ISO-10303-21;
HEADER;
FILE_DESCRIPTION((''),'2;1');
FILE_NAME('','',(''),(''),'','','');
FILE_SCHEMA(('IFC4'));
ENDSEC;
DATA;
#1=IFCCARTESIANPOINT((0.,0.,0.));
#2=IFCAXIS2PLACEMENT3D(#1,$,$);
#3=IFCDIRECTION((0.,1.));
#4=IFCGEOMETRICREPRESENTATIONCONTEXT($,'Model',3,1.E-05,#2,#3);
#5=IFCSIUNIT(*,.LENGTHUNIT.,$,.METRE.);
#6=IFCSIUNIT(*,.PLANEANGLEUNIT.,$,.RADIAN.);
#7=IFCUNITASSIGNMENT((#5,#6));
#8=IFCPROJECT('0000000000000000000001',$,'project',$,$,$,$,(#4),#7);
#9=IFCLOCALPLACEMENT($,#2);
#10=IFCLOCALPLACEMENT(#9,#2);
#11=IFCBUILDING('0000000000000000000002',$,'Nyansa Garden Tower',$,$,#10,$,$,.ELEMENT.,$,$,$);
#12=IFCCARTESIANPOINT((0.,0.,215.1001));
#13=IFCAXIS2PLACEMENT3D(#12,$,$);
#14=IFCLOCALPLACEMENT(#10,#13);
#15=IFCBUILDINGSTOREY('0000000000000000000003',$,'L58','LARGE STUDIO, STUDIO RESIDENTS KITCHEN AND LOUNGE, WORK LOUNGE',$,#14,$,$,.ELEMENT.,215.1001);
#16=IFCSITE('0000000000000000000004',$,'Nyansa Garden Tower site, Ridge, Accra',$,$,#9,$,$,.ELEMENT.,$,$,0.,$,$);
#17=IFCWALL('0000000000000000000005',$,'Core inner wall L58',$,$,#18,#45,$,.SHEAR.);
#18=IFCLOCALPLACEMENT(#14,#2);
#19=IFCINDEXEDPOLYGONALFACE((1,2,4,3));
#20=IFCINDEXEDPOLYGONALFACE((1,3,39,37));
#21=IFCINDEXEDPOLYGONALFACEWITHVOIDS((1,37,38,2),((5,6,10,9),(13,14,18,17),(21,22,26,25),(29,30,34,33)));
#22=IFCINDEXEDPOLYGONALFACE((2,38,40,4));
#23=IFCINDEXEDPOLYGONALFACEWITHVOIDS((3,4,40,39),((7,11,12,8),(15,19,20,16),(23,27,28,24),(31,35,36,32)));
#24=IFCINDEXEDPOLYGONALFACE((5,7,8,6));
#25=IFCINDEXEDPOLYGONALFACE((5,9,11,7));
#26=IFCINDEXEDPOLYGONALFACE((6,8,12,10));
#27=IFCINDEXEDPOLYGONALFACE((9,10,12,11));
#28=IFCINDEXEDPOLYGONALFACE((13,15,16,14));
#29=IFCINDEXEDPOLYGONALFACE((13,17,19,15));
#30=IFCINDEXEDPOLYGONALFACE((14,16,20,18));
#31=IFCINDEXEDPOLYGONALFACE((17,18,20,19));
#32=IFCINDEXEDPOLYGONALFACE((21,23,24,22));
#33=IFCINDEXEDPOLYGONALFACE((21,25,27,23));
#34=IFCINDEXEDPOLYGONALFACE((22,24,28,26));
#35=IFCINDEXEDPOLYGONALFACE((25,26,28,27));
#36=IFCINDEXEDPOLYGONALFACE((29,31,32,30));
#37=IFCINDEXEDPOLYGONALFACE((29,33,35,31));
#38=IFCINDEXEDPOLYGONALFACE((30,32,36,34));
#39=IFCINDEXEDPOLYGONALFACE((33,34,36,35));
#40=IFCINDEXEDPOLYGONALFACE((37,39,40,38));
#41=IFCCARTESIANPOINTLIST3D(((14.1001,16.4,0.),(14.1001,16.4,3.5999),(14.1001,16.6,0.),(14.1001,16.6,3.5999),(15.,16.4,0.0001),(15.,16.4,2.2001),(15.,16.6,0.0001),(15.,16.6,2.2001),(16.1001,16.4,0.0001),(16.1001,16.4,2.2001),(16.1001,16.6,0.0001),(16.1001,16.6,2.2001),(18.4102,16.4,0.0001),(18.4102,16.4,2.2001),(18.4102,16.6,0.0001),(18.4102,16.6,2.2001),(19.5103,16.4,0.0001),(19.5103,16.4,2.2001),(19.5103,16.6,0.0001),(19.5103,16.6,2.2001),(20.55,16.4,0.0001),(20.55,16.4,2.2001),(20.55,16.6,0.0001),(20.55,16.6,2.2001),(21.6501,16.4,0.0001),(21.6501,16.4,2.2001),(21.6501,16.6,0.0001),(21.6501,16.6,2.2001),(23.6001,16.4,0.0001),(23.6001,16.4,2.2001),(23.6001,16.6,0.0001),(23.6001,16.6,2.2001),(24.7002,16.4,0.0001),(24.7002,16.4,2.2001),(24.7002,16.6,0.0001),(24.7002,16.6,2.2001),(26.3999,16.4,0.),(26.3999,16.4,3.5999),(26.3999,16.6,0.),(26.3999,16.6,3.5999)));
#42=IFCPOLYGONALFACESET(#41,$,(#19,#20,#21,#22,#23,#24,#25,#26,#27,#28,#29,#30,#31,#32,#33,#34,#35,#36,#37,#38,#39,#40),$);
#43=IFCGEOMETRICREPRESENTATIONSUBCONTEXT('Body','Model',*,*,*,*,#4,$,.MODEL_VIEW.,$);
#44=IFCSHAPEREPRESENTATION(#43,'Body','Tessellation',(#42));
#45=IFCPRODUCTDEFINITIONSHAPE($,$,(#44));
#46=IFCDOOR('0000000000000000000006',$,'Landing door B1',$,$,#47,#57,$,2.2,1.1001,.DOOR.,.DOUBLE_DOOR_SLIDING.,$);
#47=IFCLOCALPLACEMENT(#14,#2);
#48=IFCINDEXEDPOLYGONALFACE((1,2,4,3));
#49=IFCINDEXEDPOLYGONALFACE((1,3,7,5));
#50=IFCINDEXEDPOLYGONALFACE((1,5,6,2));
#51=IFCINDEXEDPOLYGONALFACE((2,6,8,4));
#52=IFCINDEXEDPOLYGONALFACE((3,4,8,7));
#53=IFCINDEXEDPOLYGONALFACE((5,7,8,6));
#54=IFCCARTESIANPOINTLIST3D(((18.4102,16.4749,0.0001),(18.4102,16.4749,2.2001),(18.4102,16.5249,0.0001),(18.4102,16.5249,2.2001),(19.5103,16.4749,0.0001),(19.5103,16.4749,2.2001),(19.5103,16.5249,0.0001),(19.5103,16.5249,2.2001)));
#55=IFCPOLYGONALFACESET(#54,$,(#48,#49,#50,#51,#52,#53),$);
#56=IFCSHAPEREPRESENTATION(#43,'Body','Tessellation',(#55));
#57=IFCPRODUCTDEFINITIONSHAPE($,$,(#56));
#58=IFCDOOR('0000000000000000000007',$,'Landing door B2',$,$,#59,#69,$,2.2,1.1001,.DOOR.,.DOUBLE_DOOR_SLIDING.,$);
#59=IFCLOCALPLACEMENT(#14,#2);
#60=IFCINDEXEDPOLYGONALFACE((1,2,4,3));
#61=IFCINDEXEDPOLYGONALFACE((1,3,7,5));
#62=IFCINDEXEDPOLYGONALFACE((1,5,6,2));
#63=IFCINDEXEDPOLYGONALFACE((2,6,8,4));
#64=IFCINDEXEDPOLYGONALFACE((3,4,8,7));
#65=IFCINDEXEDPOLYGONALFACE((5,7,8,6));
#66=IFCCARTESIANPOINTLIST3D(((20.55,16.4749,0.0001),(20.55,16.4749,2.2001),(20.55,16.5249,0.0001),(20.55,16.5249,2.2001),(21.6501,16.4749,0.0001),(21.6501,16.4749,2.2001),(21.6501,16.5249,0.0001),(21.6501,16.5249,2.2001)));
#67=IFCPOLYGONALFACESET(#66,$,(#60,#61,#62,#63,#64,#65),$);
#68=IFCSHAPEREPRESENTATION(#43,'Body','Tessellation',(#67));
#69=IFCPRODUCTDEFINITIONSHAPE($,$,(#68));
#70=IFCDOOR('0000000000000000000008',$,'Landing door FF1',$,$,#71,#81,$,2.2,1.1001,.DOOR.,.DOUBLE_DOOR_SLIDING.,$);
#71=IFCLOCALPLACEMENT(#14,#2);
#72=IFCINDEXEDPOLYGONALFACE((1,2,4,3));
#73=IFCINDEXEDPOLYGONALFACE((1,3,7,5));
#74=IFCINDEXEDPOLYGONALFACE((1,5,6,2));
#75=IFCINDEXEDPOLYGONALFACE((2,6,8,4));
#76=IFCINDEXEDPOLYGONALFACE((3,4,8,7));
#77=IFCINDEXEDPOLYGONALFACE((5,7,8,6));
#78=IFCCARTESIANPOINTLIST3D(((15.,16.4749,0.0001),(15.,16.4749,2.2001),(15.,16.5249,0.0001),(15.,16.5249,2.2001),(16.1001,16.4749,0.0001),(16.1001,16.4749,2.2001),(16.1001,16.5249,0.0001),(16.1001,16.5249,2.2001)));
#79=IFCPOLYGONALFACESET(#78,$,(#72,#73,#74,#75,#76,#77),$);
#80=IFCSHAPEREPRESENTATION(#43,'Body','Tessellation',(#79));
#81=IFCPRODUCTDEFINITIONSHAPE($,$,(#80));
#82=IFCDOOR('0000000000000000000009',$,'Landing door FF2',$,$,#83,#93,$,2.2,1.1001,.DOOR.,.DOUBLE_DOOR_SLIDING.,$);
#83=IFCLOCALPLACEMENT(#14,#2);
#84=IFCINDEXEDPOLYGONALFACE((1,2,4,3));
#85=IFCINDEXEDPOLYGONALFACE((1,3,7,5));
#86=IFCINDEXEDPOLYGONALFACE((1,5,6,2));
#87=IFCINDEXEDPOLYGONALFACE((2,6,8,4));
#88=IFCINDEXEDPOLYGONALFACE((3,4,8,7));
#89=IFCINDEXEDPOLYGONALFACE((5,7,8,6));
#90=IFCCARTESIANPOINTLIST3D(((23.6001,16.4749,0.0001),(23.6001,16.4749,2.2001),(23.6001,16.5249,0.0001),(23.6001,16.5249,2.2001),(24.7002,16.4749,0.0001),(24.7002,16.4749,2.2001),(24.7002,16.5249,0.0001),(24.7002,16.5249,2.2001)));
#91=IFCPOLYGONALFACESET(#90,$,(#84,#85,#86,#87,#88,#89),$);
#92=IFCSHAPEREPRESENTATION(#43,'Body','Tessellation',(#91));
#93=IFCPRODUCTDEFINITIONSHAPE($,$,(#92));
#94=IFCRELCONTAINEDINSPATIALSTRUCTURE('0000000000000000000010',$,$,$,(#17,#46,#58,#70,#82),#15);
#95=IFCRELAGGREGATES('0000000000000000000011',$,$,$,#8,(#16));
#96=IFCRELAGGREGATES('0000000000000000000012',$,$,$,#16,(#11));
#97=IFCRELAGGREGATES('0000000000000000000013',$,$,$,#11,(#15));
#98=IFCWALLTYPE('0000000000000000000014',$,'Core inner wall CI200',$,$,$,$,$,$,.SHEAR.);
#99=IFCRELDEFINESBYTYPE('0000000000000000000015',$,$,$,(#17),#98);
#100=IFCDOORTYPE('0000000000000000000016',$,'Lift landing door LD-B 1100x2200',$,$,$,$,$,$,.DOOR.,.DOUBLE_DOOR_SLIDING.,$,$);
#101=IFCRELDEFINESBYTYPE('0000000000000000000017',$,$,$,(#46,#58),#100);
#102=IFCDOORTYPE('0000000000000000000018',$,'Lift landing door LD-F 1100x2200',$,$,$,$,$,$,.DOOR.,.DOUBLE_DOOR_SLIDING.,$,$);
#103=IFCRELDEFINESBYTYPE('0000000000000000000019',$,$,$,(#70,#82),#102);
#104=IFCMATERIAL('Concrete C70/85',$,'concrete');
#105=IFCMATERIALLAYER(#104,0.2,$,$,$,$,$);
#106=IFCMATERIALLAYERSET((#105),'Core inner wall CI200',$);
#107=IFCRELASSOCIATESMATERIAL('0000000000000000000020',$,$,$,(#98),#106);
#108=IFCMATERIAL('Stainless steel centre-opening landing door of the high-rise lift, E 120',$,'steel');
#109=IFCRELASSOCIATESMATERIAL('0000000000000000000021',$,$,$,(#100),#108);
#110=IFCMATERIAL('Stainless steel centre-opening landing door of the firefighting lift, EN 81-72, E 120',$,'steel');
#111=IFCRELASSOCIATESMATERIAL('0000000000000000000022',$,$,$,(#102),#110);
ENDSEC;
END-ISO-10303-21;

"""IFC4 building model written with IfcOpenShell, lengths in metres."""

from ifc_helpers import new_model, si_unit, direction, frame, frame_2d, origin, place, context, subcontext, project, spatial, rectangle, extrude, material, layer, layer_set, type_object, element, fill, save


model = new_model("IFC4")

# Units and contexts
model_context = context("Model", 3, precision=1e-05, world=origin(), true_north=direction((0.0, 1.0)))
body_context = subcontext(model_context, "Body", "Model", "MODEL_VIEW")
ifc_project = project(units=[si_unit("LENGTHUNIT", "METRE"), si_unit("PLANEANGLEUNIT", "RADIAN")], contexts=[model_context])

# Site, building, storey
site_placement = place(None, origin())
site = spatial("IfcSite", under=ifc_project, at=site_placement, Name="Nyansa Garden Tower site, Ridge, Accra", CompositionType="ELEMENT", RefElevation=0.0)
building_placement = place(site_placement, origin())
building = spatial("IfcBuilding", under=site, at=building_placement, Name="Nyansa Garden Tower", CompositionType="ELEMENT")
storey_placement = place(building_placement, frame((0.0, 0.0, 215.1001)))
storey = spatial("IfcBuildingStorey", under=building, at=storey_placement, Name="L58", Description="LARGE STUDIO, STUDIO RESIDENTS KITCHEN AND LOUNGE, WORK LOUNGE", CompositionType="ELEMENT", Elevation=215.1001)

# Wall, openings, doors
ifc_material_1 = material(Name="Concrete C70/85", Category="concrete")
ifc_layer_1 = layer(ifc_material_1, 0.2)
ifc_layer_set_1 = layer_set([ifc_layer_1], Name="Core inner wall CI200")
wall_type_1 = type_object("IfcWallType", Name="Core inner wall CI200", PredefinedType="SHEAR", material=ifc_layer_set_1)
wall_1_placement = place(storey_placement, frame((14.1001, 16.5, 0.0), z_axis=(0.0, 0.0, 1.0), x_axis=(1.0, 0.0, 0.0)))
wall_1 = element("IfcWall", 1, at=wall_1_placement, inside=storey, type_object=wall_type_1, Name="Core inner wall L58", PredefinedType="SHEAR", context=body_context, shape_type="SweptSolid", body=[
    extrude(rectangle(XDim=12.2998, YDim=0.2, at=frame_2d((6.1499, 0.0))), origin(), (0.0, 0.0, 1.0), 3.5999),
])
opening_1_placement = place(wall_1_placement, frame((0.8999, 0.0, 0.0)))
opening_1 = element("IfcOpeningElement", 2, at=opening_1_placement, cuts=wall_1, PredefinedType="OPENING", context=body_context, shape_type="SweptSolid", body=[
    extrude(rectangle(XDim=1.1001, YDim=2.2, at=frame_2d((0.55, 1.1001))), frame((0.0, 0.1099, 0.0), z_axis=(0.0, -1.0, 0.0), x_axis=(1.0, 0.0, 0.0)), (0.0, 0.0, 1.0), 0.22),
])
opening_2_placement = place(wall_1_placement, frame((4.3101, 0.0, 0.0)))
opening_2 = element("IfcOpeningElement", 3, at=opening_2_placement, cuts=wall_1, PredefinedType="OPENING", context=body_context, shape_type="SweptSolid", body=[
    extrude(rectangle(XDim=1.1001, YDim=2.2, at=frame_2d((0.55, 1.1001))), frame((0.0, 0.1099, 0.0), z_axis=(0.0, -1.0, 0.0), x_axis=(1.0, 0.0, 0.0)), (0.0, 0.0, 1.0), 0.22),
])
opening_3_placement = place(wall_1_placement, frame((6.45, 0.0, 0.0)))
opening_3 = element("IfcOpeningElement", 4, at=opening_3_placement, cuts=wall_1, PredefinedType="OPENING", context=body_context, shape_type="SweptSolid", body=[
    extrude(rectangle(XDim=1.1001, YDim=2.2, at=frame_2d((0.55, 1.1001))), frame((0.0, 0.1099, 0.0), z_axis=(0.0, -1.0, 0.0), x_axis=(1.0, 0.0, 0.0)), (0.0, 0.0, 1.0), 0.22),
])
opening_4_placement = place(wall_1_placement, frame((9.5, 0.0, 0.0)))
opening_4 = element("IfcOpeningElement", 5, at=opening_4_placement, cuts=wall_1, PredefinedType="OPENING", context=body_context, shape_type="SweptSolid", body=[
    extrude(rectangle(XDim=1.1001, YDim=2.2, at=frame_2d((0.55, 1.1001))), frame((0.0, 0.1099, 0.0), z_axis=(0.0, -1.0, 0.0), x_axis=(1.0, 0.0, 0.0)), (0.0, 0.0, 1.0), 0.22),
])
ifc_material_2 = material(Name="Stainless steel centre-opening landing door of the high-rise lift, E 120", Category="steel")
door_type_1 = type_object("IfcDoorType", Name="Lift landing door LD-B 1100x2200", OperationType="DOUBLE_DOOR_SLIDING", PredefinedType="DOOR", material=ifc_material_2)
door_1_placement = place(opening_2_placement, origin())
door_1 = element("IfcDoor", 6, at=door_1_placement, inside=storey, type_object=door_type_1, Name="Landing door B1", OperationType="DOUBLE_DOOR_SLIDING", OverallHeight=2.2, OverallWidth=1.1001, PredefinedType="DOOR", context=body_context, shape_type="SweptSolid", body=[
    extrude(rectangle(XDim=1.1001, YDim=2.2, at=frame_2d((0.55, 1.1001))), frame((0.0, 0.0249, 0.0), z_axis=(0.0, -1.0, 0.0), x_axis=(1.0, 0.0, 0.0)), (0.0, 0.0, 1.0), 0.05),
])
fill(opening_2, door_1)
door_2_placement = place(opening_3_placement, origin())
door_2 = element("IfcDoor", 7, at=door_2_placement, inside=storey, type_object=door_type_1, Name="Landing door B2", OperationType="DOUBLE_DOOR_SLIDING", OverallHeight=2.2, OverallWidth=1.1001, PredefinedType="DOOR", context=body_context, shape_type="SweptSolid", body=[
    extrude(rectangle(XDim=1.1001, YDim=2.2, at=frame_2d((0.55, 1.1001))), frame((0.0, 0.0249, 0.0), z_axis=(0.0, -1.0, 0.0), x_axis=(1.0, 0.0, 0.0)), (0.0, 0.0, 1.0), 0.05),
])
fill(opening_3, door_2)
ifc_material_3 = material(Name="Stainless steel centre-opening landing door of the firefighting lift, EN 81-72, E 120", Category="steel")
door_type_2 = type_object("IfcDoorType", Name="Lift landing door LD-F 1100x2200", OperationType="DOUBLE_DOOR_SLIDING", PredefinedType="DOOR", material=ifc_material_3)
door_3_placement = place(opening_1_placement, origin())
door_3 = element("IfcDoor", 8, at=door_3_placement, inside=storey, type_object=door_type_2, Name="Landing door FF1", OperationType="DOUBLE_DOOR_SLIDING", OverallHeight=2.2, OverallWidth=1.1001, PredefinedType="DOOR", context=body_context, shape_type="SweptSolid", body=[
    extrude(rectangle(XDim=1.1001, YDim=2.2, at=frame_2d((0.55, 1.1001))), frame((0.0, 0.0249, 0.0), z_axis=(0.0, -1.0, 0.0), x_axis=(1.0, 0.0, 0.0)), (0.0, 0.0, 1.0), 0.05),
])
fill(opening_1, door_3)
door_4_placement = place(opening_4_placement, origin())
door_4 = element("IfcDoor", 9, at=door_4_placement, inside=storey, type_object=door_type_2, Name="Landing door FF2", OperationType="DOUBLE_DOOR_SLIDING", OverallHeight=2.2, OverallWidth=1.1001, PredefinedType="DOOR", context=body_context, shape_type="SweptSolid", body=[
    extrude(rectangle(XDim=1.1001, YDim=2.2, at=frame_2d((0.55, 1.1001))), frame((0.0, 0.0249, 0.0), z_axis=(0.0, -1.0, 0.0), x_axis=(1.0, 0.0, 0.0)), (0.0, 0.0, 1.0), 0.05),
])
fill(opening_4, door_4)

save(model, "model.ifc")
